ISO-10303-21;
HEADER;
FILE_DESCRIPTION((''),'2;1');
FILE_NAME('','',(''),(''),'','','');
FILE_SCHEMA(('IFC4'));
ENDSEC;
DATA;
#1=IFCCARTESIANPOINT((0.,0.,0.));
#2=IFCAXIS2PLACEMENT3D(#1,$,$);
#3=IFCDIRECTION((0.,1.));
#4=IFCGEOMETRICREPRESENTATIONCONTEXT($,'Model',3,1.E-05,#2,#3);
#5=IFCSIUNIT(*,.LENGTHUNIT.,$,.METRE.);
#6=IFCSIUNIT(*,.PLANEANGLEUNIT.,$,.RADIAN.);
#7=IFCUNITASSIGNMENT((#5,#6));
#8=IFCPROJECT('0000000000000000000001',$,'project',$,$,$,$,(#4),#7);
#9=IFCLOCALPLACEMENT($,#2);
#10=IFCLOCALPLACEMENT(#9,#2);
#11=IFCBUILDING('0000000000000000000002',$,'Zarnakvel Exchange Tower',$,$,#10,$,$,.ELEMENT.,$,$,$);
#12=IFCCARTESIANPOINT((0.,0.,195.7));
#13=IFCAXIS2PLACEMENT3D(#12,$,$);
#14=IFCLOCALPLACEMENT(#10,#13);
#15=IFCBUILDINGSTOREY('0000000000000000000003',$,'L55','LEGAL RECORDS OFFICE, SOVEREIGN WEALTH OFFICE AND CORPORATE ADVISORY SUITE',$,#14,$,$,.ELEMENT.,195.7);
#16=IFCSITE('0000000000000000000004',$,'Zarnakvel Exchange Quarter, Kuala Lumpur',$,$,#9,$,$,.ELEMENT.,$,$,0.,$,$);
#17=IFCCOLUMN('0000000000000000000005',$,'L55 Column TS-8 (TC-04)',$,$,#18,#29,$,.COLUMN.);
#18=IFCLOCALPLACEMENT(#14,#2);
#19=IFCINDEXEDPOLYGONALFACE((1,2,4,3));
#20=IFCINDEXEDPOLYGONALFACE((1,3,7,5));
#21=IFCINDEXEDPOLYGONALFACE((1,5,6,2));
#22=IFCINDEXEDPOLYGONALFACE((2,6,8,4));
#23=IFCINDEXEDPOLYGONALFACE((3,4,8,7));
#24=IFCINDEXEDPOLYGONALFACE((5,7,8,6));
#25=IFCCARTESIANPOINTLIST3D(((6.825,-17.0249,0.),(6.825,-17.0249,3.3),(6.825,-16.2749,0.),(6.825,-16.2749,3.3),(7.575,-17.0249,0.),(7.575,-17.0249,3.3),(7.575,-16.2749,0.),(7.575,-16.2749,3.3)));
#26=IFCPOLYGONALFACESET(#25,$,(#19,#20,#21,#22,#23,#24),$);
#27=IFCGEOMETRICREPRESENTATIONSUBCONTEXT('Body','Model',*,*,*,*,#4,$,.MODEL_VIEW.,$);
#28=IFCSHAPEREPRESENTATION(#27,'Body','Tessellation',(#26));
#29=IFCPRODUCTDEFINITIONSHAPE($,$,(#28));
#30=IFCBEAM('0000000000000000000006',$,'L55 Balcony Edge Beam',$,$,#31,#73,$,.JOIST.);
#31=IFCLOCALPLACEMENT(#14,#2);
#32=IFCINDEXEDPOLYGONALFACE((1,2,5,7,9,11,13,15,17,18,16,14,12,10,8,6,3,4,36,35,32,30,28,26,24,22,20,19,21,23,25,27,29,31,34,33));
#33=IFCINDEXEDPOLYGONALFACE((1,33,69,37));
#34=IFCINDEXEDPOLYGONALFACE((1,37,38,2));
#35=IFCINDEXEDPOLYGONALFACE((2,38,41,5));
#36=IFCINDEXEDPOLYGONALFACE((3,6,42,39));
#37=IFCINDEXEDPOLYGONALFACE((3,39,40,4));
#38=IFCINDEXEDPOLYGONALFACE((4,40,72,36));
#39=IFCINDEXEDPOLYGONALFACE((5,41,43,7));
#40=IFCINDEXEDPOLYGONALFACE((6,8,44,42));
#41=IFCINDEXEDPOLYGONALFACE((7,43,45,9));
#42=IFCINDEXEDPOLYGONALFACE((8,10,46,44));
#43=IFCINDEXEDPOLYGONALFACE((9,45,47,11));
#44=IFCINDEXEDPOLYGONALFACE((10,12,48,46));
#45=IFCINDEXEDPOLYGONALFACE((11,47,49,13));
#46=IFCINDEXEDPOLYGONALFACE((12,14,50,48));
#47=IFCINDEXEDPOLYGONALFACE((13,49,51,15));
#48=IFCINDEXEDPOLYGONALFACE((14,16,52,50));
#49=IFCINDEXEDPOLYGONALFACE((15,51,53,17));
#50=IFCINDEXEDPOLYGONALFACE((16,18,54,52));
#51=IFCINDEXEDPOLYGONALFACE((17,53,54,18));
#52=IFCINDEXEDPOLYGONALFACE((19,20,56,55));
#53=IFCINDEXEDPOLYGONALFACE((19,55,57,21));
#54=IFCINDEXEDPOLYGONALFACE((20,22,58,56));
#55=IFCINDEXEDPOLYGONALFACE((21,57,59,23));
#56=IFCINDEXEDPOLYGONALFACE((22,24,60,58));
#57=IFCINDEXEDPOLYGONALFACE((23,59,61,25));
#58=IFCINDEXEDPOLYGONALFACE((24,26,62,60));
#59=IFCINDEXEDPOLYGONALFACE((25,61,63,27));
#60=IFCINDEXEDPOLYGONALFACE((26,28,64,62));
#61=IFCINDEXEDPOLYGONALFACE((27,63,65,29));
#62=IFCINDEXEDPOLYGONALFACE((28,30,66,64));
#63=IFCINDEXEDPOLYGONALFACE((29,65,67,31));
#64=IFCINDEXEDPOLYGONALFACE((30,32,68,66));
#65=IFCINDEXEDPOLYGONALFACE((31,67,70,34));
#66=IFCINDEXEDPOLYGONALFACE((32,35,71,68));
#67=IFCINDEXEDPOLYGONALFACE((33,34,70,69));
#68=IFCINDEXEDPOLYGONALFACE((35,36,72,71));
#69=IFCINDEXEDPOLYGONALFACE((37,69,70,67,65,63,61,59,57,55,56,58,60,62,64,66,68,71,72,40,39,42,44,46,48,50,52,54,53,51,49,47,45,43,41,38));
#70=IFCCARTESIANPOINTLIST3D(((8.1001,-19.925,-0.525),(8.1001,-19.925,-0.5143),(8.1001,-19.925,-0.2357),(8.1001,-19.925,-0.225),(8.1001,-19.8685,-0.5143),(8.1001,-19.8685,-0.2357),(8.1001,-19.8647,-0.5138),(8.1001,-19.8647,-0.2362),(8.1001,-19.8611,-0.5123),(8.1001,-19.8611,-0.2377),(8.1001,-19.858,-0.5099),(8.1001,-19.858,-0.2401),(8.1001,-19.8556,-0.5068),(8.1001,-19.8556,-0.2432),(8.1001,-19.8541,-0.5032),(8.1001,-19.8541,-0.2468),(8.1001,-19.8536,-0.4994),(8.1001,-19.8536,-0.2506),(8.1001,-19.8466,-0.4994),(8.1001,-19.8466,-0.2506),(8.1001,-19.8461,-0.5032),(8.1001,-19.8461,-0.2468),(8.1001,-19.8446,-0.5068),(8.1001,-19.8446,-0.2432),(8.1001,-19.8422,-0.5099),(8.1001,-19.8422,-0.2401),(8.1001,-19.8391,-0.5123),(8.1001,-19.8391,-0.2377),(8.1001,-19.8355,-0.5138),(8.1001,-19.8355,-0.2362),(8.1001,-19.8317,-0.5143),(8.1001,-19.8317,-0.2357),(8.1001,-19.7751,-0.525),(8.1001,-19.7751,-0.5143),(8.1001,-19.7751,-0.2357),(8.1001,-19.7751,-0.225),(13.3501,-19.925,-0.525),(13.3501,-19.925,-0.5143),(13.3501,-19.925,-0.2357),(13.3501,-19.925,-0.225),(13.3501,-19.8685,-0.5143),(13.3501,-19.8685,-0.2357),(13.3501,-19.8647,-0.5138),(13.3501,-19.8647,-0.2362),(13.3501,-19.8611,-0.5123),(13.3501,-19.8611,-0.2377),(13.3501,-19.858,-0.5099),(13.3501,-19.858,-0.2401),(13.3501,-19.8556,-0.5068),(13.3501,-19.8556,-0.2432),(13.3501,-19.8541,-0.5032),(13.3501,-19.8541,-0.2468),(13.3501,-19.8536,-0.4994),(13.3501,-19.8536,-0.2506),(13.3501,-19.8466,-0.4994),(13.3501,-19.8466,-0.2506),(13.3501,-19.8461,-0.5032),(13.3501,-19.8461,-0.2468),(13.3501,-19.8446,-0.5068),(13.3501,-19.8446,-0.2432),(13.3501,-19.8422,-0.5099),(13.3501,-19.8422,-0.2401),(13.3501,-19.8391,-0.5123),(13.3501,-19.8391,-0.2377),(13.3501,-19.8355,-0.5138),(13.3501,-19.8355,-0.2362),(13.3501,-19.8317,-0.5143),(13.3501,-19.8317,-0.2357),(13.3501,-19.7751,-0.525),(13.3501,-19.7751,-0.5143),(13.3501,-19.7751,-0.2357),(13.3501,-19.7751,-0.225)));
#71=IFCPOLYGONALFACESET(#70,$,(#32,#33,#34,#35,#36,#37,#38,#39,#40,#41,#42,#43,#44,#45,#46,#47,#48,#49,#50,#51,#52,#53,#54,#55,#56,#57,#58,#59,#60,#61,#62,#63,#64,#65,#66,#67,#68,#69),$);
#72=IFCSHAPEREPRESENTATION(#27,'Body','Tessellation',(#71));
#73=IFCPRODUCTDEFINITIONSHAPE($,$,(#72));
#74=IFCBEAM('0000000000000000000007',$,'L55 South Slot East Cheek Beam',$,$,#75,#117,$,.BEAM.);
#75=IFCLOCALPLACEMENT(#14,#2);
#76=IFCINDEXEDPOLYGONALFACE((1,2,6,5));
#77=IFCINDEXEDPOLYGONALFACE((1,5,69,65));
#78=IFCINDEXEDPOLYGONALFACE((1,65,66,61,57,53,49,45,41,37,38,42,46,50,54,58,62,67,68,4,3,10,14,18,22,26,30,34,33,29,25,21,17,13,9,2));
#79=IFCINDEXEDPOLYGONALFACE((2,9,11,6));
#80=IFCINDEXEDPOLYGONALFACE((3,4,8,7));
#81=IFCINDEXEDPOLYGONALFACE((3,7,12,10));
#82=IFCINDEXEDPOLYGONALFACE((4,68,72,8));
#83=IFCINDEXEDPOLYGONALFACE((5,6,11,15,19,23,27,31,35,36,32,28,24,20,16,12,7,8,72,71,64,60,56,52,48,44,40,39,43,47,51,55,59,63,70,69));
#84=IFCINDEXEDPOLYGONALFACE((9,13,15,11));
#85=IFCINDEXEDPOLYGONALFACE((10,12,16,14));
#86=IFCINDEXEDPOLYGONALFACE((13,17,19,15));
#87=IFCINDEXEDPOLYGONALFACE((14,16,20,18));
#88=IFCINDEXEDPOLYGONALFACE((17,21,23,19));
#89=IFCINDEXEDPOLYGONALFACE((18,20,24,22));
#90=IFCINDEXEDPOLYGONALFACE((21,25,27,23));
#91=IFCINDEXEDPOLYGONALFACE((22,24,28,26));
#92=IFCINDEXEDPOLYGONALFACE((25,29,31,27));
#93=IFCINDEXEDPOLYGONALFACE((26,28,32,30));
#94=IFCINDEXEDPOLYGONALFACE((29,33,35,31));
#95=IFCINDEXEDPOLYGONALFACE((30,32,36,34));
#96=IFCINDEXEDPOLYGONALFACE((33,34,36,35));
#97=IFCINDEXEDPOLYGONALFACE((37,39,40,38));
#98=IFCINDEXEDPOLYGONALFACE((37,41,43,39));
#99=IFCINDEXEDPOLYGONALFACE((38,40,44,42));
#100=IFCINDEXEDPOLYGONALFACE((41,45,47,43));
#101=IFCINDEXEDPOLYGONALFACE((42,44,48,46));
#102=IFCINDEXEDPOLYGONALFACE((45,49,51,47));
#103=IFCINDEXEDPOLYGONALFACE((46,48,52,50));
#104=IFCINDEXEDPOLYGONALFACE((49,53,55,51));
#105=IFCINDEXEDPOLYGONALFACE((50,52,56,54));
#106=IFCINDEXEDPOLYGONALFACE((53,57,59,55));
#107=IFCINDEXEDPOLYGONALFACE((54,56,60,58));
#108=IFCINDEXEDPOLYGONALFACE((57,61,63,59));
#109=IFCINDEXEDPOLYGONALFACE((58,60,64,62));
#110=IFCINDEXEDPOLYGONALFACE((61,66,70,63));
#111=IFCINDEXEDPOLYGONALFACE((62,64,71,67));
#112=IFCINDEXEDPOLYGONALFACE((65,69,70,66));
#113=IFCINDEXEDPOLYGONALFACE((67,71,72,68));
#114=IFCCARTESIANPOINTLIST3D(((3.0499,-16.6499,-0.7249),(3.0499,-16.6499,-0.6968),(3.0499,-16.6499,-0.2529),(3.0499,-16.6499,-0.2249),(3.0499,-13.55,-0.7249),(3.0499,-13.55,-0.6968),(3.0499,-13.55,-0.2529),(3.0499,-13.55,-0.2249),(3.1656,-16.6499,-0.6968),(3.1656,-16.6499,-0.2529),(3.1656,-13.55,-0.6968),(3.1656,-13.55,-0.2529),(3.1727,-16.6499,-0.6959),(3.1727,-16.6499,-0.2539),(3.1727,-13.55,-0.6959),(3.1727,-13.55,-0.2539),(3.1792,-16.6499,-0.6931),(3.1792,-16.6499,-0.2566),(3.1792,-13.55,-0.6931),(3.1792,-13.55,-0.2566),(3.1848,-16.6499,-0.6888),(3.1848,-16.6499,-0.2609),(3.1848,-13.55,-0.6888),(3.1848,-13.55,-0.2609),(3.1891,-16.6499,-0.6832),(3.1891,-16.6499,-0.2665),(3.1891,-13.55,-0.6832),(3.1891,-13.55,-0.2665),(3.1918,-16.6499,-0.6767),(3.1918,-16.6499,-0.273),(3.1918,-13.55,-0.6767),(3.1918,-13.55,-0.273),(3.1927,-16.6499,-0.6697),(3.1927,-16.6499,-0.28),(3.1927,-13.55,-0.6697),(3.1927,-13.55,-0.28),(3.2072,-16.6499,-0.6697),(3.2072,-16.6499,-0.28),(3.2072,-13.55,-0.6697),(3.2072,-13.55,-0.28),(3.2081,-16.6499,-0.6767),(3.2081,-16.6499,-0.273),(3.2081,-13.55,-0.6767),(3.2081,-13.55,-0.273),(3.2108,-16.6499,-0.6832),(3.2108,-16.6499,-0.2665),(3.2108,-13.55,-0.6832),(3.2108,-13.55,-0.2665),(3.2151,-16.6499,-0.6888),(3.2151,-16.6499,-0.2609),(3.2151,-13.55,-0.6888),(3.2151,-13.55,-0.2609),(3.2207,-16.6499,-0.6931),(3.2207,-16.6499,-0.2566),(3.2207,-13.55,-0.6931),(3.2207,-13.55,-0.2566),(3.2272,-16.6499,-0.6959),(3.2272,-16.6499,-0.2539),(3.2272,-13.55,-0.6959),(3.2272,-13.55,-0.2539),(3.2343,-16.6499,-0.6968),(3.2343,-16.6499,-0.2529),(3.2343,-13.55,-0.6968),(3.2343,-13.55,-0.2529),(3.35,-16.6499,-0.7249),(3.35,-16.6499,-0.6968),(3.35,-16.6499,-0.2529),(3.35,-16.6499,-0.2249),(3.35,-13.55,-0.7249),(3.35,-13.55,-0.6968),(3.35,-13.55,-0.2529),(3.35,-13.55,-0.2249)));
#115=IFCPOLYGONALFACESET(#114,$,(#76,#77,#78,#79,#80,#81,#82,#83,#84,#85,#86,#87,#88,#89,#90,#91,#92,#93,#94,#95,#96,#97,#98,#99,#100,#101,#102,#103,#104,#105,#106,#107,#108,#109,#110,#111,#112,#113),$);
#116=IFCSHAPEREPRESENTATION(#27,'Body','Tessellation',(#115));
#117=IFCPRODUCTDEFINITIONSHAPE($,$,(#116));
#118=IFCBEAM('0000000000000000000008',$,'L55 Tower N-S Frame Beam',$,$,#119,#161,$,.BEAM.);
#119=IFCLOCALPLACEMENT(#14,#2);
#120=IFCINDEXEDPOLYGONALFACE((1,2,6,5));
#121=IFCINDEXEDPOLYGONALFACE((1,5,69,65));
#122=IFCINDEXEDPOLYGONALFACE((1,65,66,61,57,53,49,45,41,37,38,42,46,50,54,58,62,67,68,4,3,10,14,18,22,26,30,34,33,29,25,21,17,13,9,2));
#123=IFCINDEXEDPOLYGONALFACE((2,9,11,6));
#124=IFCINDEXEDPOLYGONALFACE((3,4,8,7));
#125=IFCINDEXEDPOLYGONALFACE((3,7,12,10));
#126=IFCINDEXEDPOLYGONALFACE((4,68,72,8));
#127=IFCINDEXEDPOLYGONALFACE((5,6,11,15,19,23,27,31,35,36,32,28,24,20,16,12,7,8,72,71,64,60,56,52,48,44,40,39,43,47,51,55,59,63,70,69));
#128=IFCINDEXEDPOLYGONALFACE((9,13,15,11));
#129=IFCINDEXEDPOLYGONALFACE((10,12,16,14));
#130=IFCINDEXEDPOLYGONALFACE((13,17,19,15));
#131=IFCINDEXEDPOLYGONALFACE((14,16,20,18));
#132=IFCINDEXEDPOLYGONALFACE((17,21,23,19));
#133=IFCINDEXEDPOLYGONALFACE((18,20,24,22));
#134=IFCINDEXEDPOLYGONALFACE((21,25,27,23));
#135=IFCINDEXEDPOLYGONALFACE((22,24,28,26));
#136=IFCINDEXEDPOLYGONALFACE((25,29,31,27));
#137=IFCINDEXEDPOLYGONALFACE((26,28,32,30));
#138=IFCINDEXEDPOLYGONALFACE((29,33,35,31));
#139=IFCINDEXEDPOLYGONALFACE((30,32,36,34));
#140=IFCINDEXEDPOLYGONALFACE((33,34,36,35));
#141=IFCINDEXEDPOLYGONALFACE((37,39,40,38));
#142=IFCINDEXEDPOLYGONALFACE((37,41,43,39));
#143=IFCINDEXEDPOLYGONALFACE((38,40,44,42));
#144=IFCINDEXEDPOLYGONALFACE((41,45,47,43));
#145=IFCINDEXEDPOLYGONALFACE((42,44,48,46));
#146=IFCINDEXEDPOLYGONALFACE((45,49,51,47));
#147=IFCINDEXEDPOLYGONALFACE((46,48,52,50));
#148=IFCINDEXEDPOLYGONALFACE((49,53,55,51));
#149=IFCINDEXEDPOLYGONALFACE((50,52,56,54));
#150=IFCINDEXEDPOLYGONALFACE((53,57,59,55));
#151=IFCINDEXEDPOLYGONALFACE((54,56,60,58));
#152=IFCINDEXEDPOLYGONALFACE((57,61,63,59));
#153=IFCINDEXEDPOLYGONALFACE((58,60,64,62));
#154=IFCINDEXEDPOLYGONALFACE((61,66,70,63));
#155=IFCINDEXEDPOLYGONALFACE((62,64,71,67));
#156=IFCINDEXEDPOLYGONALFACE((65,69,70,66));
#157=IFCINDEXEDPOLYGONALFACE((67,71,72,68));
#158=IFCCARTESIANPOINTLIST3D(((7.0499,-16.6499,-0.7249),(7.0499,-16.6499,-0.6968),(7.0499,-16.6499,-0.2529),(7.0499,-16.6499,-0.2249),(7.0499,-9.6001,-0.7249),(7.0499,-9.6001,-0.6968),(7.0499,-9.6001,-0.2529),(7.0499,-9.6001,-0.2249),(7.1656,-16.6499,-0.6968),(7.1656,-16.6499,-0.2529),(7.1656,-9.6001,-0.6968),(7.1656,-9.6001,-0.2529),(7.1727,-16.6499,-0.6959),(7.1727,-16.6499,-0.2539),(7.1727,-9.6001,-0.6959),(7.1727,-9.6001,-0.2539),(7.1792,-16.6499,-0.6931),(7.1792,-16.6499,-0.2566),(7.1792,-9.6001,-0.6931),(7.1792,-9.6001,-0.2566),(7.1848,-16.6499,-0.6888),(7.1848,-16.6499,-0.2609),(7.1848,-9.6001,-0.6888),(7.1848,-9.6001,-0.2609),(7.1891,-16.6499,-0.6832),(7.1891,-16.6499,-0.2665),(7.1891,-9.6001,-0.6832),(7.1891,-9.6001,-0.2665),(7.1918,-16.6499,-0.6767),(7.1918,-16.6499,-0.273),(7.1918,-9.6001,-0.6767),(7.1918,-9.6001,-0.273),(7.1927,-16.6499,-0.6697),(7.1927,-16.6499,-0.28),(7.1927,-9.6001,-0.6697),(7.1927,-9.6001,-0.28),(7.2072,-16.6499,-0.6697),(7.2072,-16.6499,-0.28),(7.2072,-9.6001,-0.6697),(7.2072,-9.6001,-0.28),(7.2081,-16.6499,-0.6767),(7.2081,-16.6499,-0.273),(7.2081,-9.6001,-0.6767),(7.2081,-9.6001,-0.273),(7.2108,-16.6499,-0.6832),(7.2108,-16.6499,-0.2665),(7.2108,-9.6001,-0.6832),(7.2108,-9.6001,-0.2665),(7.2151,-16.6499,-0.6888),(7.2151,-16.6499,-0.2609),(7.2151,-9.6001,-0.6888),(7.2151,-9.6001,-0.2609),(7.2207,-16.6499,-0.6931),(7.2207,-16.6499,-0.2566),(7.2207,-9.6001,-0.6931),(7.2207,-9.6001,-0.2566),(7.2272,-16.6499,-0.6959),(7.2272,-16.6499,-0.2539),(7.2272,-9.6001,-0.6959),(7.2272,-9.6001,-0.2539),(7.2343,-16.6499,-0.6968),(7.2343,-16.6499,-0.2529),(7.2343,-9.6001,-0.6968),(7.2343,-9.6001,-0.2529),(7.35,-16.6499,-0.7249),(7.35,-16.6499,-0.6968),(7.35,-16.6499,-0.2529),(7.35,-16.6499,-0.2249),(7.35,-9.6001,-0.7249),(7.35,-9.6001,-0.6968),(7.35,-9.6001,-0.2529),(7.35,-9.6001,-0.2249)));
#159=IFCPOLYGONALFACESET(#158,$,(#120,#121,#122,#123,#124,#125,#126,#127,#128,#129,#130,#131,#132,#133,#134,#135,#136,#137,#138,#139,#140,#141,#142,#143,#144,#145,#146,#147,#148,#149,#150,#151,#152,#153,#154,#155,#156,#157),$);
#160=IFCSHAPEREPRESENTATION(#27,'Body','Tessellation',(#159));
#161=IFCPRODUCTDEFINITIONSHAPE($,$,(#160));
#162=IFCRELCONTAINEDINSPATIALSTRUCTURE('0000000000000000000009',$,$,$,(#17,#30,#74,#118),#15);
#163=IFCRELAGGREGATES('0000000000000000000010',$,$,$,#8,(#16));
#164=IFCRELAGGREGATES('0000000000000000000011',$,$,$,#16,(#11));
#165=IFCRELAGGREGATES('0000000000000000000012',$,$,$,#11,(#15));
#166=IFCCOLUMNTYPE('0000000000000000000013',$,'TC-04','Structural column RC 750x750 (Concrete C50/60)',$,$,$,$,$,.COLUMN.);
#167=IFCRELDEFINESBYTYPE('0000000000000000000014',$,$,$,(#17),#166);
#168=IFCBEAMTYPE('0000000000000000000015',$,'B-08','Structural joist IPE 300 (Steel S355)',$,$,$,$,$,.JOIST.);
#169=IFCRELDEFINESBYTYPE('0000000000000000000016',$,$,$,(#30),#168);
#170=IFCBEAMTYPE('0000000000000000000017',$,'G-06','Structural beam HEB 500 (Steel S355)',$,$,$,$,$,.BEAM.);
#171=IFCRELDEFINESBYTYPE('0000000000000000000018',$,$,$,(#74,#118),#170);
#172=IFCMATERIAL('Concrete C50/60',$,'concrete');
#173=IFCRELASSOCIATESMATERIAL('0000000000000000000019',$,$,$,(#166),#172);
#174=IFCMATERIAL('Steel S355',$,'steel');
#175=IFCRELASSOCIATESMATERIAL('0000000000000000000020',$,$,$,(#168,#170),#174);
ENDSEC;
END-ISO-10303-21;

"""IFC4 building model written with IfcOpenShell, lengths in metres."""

from ifc_helpers import new_model, si_unit, direction, frame, origin, origin_2d, place, context, subcontext, project, spatial, rectangle, i_section, extrude, material, material_profile, profile_set, type_object, element, save


model = new_model("IFC4")

# Units and contexts
model_context = context("Model", 3, precision=1e-05, world=origin(), true_north=direction((0.0, 1.0)))
body_context = subcontext(model_context, "Body", "Model", "MODEL_VIEW")
ifc_project = project(units=[si_unit("LENGTHUNIT", "METRE"), si_unit("PLANEANGLEUNIT", "RADIAN")], contexts=[model_context])

# Site, building, storey
site_placement = place(None, origin())
site = spatial("IfcSite", under=ifc_project, at=site_placement, Name="Zarnakvel Exchange Quarter, Kuala Lumpur", CompositionType="ELEMENT", RefElevation=0.0)
building_placement = place(site_placement, origin())
building = spatial("IfcBuilding", under=site, at=building_placement, Name="Zarnakvel Exchange Tower", CompositionType="ELEMENT")
storey_placement = place(building_placement, frame((0.0, 0.0, 195.7)))
storey = spatial("IfcBuildingStorey", under=building, at=storey_placement, Name="L55", Description="LEGAL RECORDS OFFICE, SOVEREIGN WEALTH OFFICE AND CORPORATE ADVISORY SUITE", CompositionType="ELEMENT", Elevation=195.7)

# Column
ifc_material_1 = material(Name="Concrete C50/60", Category="concrete")
ifc_material_profile_1 = material_profile(ifc_material_1, rectangle(XDim=0.75, YDim=0.75, at=origin_2d()))
ifc_profile_set_1 = profile_set([ifc_material_profile_1], Name="Concrete C50/60")
column_type = type_object("IfcColumnType", Name="TC-04", Description="Structural column RC 750x750 (Concrete C50/60)", PredefinedType="COLUMN", material=ifc_profile_set_1)
column_placement = place(storey_placement, frame((7.2, -16.6499, 0.0), z_axis=(0.0, 0.0, 1.0), x_axis=(1.0, 0.0, 0.0)))
element("IfcColumn", 1, at=column_placement, inside=storey, type_object=column_type, Name="L55 Column TS-8 (TC-04)", PredefinedType="COLUMN", context=body_context, shape_type="SweptSolid", body=[
    extrude(rectangle(XDim=0.75, YDim=0.75, at=origin_2d()), origin(), (0.0, 0.0, 1.0), 3.3),
])

# Beams
ifc_material_2 = material(Name="Steel S355", Category="steel")
ifc_material_profile_2 = material_profile(ifc_material_2, i_section(OverallWidth=0.1499, OverallDepth=0.3, WebThickness=0.0071, FlangeThickness=0.0107, FilletRadius=0.0149, at=origin_2d()))
ifc_profile_set_2 = profile_set([ifc_material_profile_2], Name="Steel S355")
beam_type_1 = type_object("IfcBeamType", Name="B-08", Description="Structural joist IPE 300 (Steel S355)", PredefinedType="JOIST", material=ifc_profile_set_2)
beam_1_placement = place(storey_placement, frame((8.1001, -19.8501, -0.375), z_axis=(1.0, 0.0, 0.0), x_axis=(0.0, 1.0, 0.0)))
element("IfcBeam", 2, at=beam_1_placement, inside=storey, type_object=beam_type_1, Name="L55 Balcony Edge Beam", PredefinedType="JOIST", context=body_context, shape_type="SweptSolid", body=[
    extrude(i_section(OverallWidth=0.1499, OverallDepth=0.3, WebThickness=0.0071, FlangeThickness=0.0107, FilletRadius=0.0149, at=origin_2d()), origin(), (0.0, 0.0, 1.0), 5.25),
])
ifc_material_profile_3 = material_profile(ifc_material_2, i_section(OverallWidth=0.3, OverallDepth=0.5, WebThickness=0.0144, FlangeThickness=0.0281, FilletRadius=0.0271, at=origin_2d()))
ifc_profile_set_3 = profile_set([ifc_material_profile_3], Name="Steel S355")
beam_type_2 = type_object("IfcBeamType", Name="G-06", Description="Structural beam HEB 500 (Steel S355)", PredefinedType="BEAM", material=ifc_profile_set_3)
beam_2_placement = place(storey_placement, frame((3.2, -16.6499, -0.4749), z_axis=(0.0, 1.0, 0.0), x_axis=(-1.0, 0.0, 0.0)))
element("IfcBeam", 3, at=beam_2_placement, inside=storey, type_object=beam_type_2, Name="L55 South Slot East Cheek Beam", PredefinedType="BEAM", context=body_context, shape_type="SweptSolid", body=[
    extrude(i_section(OverallWidth=0.3, OverallDepth=0.5, WebThickness=0.0144, FlangeThickness=0.0281, FilletRadius=0.0271, at=origin_2d()), origin(), (0.0, 0.0, 1.0), 3.0999),
])
beam_3_placement = place(storey_placement, frame((7.2, -16.6499, -0.4749), z_axis=(0.0, 1.0, 0.0), x_axis=(-1.0, 0.0, 0.0)))
element("IfcBeam", 4, at=beam_3_placement, inside=storey, type_object=beam_type_2, Name="L55 Tower N-S Frame Beam", PredefinedType="BEAM", context=body_context, shape_type="SweptSolid", body=[
    extrude(i_section(OverallWidth=0.3, OverallDepth=0.5, WebThickness=0.0144, FlangeThickness=0.0281, FilletRadius=0.0271, at=origin_2d()), origin(), (0.0, 0.0, 1.0), 7.0498),
])

save(model, "model.ifc")
